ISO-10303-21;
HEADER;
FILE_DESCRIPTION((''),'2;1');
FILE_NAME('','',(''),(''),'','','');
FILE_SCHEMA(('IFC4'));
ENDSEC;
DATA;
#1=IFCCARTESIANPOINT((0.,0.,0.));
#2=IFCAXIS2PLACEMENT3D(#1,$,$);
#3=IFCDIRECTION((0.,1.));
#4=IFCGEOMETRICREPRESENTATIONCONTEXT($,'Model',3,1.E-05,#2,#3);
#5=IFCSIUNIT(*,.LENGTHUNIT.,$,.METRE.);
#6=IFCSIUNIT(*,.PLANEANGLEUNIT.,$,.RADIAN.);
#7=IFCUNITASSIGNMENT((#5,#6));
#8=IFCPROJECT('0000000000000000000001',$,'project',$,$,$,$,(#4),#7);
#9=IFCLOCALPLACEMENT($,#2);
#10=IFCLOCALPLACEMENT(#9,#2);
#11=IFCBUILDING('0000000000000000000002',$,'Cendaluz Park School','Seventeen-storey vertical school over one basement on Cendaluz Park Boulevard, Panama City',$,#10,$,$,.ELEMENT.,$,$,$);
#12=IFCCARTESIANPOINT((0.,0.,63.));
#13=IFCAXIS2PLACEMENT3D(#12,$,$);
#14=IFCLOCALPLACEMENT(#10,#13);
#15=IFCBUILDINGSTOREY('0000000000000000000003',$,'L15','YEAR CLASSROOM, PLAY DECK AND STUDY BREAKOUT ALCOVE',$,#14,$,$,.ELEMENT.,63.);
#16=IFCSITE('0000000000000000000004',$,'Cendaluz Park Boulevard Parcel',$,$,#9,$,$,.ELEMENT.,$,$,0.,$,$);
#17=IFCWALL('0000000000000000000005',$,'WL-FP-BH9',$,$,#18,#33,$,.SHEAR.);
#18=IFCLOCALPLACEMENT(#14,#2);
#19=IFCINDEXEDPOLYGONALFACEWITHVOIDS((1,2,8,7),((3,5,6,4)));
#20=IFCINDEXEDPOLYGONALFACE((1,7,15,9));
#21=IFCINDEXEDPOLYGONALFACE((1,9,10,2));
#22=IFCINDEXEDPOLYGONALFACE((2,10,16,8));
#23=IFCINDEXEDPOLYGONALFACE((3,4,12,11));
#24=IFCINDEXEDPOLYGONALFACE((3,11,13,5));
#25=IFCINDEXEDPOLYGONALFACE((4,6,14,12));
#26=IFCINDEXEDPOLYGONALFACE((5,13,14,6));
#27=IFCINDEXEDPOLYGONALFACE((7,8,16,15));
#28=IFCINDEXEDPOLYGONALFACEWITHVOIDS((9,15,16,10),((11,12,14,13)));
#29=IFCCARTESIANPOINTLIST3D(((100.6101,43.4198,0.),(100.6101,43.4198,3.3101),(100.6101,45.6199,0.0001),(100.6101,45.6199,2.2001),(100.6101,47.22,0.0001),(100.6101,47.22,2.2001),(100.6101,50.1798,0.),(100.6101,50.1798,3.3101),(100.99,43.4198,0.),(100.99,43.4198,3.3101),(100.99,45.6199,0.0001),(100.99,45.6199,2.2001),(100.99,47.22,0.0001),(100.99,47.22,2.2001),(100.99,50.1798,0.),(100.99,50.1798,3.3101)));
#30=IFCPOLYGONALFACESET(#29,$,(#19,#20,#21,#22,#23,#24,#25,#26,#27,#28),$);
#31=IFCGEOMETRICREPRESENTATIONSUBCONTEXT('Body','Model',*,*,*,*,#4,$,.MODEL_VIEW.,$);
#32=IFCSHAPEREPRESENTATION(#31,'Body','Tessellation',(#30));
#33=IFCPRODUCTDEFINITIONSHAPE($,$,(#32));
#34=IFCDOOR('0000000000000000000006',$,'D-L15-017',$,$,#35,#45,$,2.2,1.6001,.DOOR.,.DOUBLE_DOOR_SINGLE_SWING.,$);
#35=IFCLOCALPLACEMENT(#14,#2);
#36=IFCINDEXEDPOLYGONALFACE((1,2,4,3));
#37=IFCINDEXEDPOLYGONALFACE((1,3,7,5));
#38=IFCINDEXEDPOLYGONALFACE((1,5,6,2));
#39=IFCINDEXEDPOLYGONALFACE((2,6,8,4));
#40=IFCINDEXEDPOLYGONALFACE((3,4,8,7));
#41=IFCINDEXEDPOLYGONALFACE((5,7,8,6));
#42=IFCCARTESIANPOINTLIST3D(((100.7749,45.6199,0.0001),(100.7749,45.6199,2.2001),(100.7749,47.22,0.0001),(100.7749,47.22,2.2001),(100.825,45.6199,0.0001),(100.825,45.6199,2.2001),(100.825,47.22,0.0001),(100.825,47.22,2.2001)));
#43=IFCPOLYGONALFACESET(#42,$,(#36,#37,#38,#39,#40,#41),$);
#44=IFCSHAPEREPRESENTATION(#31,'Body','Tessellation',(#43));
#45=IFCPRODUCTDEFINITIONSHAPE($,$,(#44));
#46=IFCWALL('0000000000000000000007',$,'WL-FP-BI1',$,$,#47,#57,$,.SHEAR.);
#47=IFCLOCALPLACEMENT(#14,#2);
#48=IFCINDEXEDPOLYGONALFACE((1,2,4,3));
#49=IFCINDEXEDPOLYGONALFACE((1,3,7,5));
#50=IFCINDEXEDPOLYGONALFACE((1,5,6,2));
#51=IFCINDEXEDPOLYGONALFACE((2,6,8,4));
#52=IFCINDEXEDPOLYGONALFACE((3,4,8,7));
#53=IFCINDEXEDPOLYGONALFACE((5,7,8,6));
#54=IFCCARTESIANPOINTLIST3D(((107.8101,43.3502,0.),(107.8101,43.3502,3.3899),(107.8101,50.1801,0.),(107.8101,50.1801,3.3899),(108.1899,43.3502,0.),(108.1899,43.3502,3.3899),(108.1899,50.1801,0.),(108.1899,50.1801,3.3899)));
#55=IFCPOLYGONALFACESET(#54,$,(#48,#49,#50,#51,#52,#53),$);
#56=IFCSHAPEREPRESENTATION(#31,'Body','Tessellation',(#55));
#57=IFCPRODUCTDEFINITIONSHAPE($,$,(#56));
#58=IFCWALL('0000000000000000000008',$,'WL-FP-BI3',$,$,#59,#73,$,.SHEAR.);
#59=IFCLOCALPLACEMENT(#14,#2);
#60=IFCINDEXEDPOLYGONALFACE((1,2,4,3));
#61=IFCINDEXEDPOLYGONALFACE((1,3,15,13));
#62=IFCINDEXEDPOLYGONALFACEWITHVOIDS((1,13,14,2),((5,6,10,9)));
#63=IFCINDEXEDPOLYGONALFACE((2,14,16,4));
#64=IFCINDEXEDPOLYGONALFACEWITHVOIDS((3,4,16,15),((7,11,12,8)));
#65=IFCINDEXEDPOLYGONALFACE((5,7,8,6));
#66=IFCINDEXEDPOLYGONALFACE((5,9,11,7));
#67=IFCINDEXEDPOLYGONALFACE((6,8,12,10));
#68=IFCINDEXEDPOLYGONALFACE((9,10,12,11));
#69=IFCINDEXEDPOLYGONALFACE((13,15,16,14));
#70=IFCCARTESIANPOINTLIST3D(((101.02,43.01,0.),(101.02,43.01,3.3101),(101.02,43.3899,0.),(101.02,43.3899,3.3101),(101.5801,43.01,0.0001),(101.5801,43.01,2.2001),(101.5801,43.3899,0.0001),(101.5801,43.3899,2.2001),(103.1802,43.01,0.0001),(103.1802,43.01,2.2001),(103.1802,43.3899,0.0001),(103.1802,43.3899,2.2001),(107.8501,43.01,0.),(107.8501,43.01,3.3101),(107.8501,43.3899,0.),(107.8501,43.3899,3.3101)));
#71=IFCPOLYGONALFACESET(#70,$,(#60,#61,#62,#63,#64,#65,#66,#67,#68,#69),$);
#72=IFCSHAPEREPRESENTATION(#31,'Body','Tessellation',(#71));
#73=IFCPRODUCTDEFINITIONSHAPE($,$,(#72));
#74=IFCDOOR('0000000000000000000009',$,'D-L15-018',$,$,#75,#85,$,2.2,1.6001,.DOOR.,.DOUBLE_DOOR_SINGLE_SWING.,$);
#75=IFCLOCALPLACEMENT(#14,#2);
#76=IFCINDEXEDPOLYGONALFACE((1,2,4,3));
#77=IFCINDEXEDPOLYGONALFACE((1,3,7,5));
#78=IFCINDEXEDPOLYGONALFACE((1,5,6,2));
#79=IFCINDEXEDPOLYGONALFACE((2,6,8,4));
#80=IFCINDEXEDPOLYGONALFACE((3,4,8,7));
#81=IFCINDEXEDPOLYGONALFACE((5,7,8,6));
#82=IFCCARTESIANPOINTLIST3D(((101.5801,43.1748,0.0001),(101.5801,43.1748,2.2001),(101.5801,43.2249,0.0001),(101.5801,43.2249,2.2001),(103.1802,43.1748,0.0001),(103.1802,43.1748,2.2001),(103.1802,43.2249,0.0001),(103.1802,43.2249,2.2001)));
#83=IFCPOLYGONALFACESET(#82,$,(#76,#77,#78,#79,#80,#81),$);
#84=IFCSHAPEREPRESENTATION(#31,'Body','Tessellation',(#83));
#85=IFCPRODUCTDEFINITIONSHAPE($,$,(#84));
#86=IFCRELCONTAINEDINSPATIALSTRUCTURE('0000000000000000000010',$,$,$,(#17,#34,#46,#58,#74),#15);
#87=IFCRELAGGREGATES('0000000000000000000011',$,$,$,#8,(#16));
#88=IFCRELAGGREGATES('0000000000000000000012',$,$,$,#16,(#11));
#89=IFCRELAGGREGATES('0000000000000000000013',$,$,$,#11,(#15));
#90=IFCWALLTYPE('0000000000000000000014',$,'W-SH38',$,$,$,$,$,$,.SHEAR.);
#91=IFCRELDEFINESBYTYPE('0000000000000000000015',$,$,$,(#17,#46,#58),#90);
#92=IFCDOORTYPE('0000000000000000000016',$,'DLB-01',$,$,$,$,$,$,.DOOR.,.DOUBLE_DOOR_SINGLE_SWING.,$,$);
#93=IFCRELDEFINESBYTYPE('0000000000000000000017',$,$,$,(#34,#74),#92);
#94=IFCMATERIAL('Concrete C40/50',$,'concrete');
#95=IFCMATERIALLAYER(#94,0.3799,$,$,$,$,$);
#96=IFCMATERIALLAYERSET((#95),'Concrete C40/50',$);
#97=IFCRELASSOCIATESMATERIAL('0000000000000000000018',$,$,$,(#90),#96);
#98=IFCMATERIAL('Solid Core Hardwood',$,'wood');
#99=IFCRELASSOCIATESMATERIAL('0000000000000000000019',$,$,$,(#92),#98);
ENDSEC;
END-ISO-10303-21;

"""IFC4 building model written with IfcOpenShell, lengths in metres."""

from ifc_helpers import new_model, si_unit, direction, frame, frame_2d, origin, place, context, subcontext, project, spatial, rectangle, extrude, material, layer, layer_set, type_object, element, fill, save


model = new_model("IFC4")

# Units and contexts
model_context = context("Model", 3, precision=1e-05, world=origin(), true_north=direction((0.0, 1.0)))
body_context = subcontext(model_context, "Body", "Model", "MODEL_VIEW")
ifc_project = project(units=[si_unit("LENGTHUNIT", "METRE"), si_unit("PLANEANGLEUNIT", "RADIAN")], contexts=[model_context])

# Site, building, storey
site_placement = place(None, origin())
site = spatial("IfcSite", under=ifc_project, at=site_placement, Name="Cendaluz Park Boulevard Parcel", CompositionType="ELEMENT", RefElevation=0.0)
building_placement = place(site_placement, origin())
building = spatial("IfcBuilding", under=site, at=building_placement, Name="Cendaluz Park School", Description="Seventeen-storey vertical school over one basement on Cendaluz Park Boulevard, Panama City", CompositionType="ELEMENT")
storey_placement = place(building_placement, frame((0.0, 0.0, 63.0)))
storey = spatial("IfcBuildingStorey", under=building, at=storey_placement, Name="L15", Description="YEAR CLASSROOM, PLAY DECK AND STUDY BREAKOUT ALCOVE", CompositionType="ELEMENT", Elevation=63.0)

# Shared definitions
ifc_material_1 = material(Name="Concrete C40/50", Category="concrete")
ifc_material_2 = material(Name="Solid Core Hardwood", Category="wood")

# Wall, opening, door
ifc_layer_1 = layer(ifc_material_1, 0.3799)
ifc_layer_set_1 = layer_set([ifc_layer_1], Name="Concrete C40/50")
wall_type_1 = type_object("IfcWallType", Name="W-SH38", PredefinedType="SHEAR", material=ifc_layer_set_1)
wall_1_placement = place(storey_placement, frame((100.8, 43.4199, 0.0), z_axis=(0.0, 0.0, 1.0), x_axis=(0.0, 1.0, 0.0)))
wall_1 = element("IfcWall", 1, at=wall_1_placement, inside=storey, type_object=wall_type_1, Name="WL-FP-BH9", PredefinedType="SHEAR", context=body_context, shape_type="SweptSolid", body=[
    extrude(rectangle(XDim=6.76, YDim=0.3799, at=frame_2d((3.3799, 0.0))), origin(), (0.0, 0.0, 1.0), 3.3101),
])
opening_1_placement = place(wall_1_placement, frame((2.2, 0.0, 0.0)))
opening_1 = element("IfcOpeningElement", 2, at=opening_1_placement, cuts=wall_1, PredefinedType="OPENING", context=body_context, shape_type="SweptSolid", body=[
    extrude(rectangle(XDim=1.6001, YDim=2.2, at=frame_2d((0.8, 1.1001))), frame((0.0, 0.2019, 0.0), z_axis=(0.0, -1.0, 0.0), x_axis=(1.0, 0.0, 0.0)), (0.0, 0.0, 1.0), 0.4038),
])
door_type_1 = type_object("IfcDoorType", Name="DLB-01", OperationType="DOUBLE_DOOR_SINGLE_SWING", PredefinedType="DOOR", material=ifc_material_2)
door_1_placement = place(opening_1_placement, frame((1.6001, 0.0, 0.0), z_axis=(0.0, 0.0, 1.0), x_axis=(-1.0, 0.0, 0.0)))
door_1 = element("IfcDoor", 3, at=door_1_placement, inside=storey, type_object=door_type_1, Name="D-L15-017", OperationType="DOUBLE_DOOR_SINGLE_SWING", OverallHeight=2.2, OverallWidth=1.6001, PredefinedType="DOOR", context=body_context, shape_type="SweptSolid", body=[
    extrude(rectangle(XDim=1.6001, YDim=2.2, at=frame_2d((0.8, 1.1001))), frame((0.0, 0.0249, 0.0), z_axis=(0.0, -1.0, 0.0), x_axis=(1.0, 0.0, 0.0)), (0.0, 0.0, 1.0), 0.05),
])
fill(opening_1, door_1)

# Wall
wall_2_placement = place(storey_placement, frame((108.0, 43.3501, 0.0), z_axis=(0.0, 0.0, 1.0), x_axis=(0.0, 1.0, 0.0)))
element("IfcWall", 4, at=wall_2_placement, inside=storey, type_object=wall_type_1, Name="WL-FP-BI1", PredefinedType="SHEAR", context=body_context, shape_type="SweptSolid", body=[
    extrude(rectangle(XDim=6.8298, YDim=0.3799, at=frame_2d((3.415, 0.0))), origin(), (0.0, 0.0, 1.0), 3.3899),
])

# Wall, opening, door
wall_3_placement = place(storey_placement, frame((101.02, 43.2, 0.0), z_axis=(0.0, 0.0, 1.0), x_axis=(1.0, 0.0, 0.0)))
wall_3 = element("IfcWall", 5, at=wall_3_placement, inside=storey, type_object=wall_type_1, Name="WL-FP-BI3", PredefinedType="SHEAR", context=body_context, shape_type="SweptSolid", body=[
    extrude(rectangle(XDim=6.8301, YDim=0.3799, at=frame_2d((3.415, 0.0))), origin(), (0.0, 0.0, 1.0), 3.3101),
])
opening_2_placement = place(wall_3_placement, frame((0.5601, 0.0, 0.0)))
opening_2 = element("IfcOpeningElement", 6, at=opening_2_placement, cuts=wall_3, PredefinedType="OPENING", context=body_context, shape_type="SweptSolid", body=[
    extrude(rectangle(XDim=1.6001, YDim=2.2, at=frame_2d((0.8, 1.1001))), frame((0.0, 0.2019, 0.0), z_axis=(0.0, -1.0, 0.0), x_axis=(1.0, 0.0, 0.0)), (0.0, 0.0, 1.0), 0.4038),
])
door_2_placement = place(opening_2_placement, origin())
door_2 = element("IfcDoor", 7, at=door_2_placement, inside=storey, type_object=door_type_1, Name="D-L15-018", OperationType="DOUBLE_DOOR_SINGLE_SWING", OverallHeight=2.2, OverallWidth=1.6001, PredefinedType="DOOR", context=body_context, shape_type="SweptSolid", body=[
    extrude(rectangle(XDim=1.6001, YDim=2.2, at=frame_2d((0.8, 1.1001))), frame((0.0, 0.0249, 0.0), z_axis=(0.0, -1.0, 0.0), x_axis=(1.0, 0.0, 0.0)), (0.0, 0.0, 1.0), 0.05),
])
fill(opening_2, door_2)

save(model, "model.ifc")
